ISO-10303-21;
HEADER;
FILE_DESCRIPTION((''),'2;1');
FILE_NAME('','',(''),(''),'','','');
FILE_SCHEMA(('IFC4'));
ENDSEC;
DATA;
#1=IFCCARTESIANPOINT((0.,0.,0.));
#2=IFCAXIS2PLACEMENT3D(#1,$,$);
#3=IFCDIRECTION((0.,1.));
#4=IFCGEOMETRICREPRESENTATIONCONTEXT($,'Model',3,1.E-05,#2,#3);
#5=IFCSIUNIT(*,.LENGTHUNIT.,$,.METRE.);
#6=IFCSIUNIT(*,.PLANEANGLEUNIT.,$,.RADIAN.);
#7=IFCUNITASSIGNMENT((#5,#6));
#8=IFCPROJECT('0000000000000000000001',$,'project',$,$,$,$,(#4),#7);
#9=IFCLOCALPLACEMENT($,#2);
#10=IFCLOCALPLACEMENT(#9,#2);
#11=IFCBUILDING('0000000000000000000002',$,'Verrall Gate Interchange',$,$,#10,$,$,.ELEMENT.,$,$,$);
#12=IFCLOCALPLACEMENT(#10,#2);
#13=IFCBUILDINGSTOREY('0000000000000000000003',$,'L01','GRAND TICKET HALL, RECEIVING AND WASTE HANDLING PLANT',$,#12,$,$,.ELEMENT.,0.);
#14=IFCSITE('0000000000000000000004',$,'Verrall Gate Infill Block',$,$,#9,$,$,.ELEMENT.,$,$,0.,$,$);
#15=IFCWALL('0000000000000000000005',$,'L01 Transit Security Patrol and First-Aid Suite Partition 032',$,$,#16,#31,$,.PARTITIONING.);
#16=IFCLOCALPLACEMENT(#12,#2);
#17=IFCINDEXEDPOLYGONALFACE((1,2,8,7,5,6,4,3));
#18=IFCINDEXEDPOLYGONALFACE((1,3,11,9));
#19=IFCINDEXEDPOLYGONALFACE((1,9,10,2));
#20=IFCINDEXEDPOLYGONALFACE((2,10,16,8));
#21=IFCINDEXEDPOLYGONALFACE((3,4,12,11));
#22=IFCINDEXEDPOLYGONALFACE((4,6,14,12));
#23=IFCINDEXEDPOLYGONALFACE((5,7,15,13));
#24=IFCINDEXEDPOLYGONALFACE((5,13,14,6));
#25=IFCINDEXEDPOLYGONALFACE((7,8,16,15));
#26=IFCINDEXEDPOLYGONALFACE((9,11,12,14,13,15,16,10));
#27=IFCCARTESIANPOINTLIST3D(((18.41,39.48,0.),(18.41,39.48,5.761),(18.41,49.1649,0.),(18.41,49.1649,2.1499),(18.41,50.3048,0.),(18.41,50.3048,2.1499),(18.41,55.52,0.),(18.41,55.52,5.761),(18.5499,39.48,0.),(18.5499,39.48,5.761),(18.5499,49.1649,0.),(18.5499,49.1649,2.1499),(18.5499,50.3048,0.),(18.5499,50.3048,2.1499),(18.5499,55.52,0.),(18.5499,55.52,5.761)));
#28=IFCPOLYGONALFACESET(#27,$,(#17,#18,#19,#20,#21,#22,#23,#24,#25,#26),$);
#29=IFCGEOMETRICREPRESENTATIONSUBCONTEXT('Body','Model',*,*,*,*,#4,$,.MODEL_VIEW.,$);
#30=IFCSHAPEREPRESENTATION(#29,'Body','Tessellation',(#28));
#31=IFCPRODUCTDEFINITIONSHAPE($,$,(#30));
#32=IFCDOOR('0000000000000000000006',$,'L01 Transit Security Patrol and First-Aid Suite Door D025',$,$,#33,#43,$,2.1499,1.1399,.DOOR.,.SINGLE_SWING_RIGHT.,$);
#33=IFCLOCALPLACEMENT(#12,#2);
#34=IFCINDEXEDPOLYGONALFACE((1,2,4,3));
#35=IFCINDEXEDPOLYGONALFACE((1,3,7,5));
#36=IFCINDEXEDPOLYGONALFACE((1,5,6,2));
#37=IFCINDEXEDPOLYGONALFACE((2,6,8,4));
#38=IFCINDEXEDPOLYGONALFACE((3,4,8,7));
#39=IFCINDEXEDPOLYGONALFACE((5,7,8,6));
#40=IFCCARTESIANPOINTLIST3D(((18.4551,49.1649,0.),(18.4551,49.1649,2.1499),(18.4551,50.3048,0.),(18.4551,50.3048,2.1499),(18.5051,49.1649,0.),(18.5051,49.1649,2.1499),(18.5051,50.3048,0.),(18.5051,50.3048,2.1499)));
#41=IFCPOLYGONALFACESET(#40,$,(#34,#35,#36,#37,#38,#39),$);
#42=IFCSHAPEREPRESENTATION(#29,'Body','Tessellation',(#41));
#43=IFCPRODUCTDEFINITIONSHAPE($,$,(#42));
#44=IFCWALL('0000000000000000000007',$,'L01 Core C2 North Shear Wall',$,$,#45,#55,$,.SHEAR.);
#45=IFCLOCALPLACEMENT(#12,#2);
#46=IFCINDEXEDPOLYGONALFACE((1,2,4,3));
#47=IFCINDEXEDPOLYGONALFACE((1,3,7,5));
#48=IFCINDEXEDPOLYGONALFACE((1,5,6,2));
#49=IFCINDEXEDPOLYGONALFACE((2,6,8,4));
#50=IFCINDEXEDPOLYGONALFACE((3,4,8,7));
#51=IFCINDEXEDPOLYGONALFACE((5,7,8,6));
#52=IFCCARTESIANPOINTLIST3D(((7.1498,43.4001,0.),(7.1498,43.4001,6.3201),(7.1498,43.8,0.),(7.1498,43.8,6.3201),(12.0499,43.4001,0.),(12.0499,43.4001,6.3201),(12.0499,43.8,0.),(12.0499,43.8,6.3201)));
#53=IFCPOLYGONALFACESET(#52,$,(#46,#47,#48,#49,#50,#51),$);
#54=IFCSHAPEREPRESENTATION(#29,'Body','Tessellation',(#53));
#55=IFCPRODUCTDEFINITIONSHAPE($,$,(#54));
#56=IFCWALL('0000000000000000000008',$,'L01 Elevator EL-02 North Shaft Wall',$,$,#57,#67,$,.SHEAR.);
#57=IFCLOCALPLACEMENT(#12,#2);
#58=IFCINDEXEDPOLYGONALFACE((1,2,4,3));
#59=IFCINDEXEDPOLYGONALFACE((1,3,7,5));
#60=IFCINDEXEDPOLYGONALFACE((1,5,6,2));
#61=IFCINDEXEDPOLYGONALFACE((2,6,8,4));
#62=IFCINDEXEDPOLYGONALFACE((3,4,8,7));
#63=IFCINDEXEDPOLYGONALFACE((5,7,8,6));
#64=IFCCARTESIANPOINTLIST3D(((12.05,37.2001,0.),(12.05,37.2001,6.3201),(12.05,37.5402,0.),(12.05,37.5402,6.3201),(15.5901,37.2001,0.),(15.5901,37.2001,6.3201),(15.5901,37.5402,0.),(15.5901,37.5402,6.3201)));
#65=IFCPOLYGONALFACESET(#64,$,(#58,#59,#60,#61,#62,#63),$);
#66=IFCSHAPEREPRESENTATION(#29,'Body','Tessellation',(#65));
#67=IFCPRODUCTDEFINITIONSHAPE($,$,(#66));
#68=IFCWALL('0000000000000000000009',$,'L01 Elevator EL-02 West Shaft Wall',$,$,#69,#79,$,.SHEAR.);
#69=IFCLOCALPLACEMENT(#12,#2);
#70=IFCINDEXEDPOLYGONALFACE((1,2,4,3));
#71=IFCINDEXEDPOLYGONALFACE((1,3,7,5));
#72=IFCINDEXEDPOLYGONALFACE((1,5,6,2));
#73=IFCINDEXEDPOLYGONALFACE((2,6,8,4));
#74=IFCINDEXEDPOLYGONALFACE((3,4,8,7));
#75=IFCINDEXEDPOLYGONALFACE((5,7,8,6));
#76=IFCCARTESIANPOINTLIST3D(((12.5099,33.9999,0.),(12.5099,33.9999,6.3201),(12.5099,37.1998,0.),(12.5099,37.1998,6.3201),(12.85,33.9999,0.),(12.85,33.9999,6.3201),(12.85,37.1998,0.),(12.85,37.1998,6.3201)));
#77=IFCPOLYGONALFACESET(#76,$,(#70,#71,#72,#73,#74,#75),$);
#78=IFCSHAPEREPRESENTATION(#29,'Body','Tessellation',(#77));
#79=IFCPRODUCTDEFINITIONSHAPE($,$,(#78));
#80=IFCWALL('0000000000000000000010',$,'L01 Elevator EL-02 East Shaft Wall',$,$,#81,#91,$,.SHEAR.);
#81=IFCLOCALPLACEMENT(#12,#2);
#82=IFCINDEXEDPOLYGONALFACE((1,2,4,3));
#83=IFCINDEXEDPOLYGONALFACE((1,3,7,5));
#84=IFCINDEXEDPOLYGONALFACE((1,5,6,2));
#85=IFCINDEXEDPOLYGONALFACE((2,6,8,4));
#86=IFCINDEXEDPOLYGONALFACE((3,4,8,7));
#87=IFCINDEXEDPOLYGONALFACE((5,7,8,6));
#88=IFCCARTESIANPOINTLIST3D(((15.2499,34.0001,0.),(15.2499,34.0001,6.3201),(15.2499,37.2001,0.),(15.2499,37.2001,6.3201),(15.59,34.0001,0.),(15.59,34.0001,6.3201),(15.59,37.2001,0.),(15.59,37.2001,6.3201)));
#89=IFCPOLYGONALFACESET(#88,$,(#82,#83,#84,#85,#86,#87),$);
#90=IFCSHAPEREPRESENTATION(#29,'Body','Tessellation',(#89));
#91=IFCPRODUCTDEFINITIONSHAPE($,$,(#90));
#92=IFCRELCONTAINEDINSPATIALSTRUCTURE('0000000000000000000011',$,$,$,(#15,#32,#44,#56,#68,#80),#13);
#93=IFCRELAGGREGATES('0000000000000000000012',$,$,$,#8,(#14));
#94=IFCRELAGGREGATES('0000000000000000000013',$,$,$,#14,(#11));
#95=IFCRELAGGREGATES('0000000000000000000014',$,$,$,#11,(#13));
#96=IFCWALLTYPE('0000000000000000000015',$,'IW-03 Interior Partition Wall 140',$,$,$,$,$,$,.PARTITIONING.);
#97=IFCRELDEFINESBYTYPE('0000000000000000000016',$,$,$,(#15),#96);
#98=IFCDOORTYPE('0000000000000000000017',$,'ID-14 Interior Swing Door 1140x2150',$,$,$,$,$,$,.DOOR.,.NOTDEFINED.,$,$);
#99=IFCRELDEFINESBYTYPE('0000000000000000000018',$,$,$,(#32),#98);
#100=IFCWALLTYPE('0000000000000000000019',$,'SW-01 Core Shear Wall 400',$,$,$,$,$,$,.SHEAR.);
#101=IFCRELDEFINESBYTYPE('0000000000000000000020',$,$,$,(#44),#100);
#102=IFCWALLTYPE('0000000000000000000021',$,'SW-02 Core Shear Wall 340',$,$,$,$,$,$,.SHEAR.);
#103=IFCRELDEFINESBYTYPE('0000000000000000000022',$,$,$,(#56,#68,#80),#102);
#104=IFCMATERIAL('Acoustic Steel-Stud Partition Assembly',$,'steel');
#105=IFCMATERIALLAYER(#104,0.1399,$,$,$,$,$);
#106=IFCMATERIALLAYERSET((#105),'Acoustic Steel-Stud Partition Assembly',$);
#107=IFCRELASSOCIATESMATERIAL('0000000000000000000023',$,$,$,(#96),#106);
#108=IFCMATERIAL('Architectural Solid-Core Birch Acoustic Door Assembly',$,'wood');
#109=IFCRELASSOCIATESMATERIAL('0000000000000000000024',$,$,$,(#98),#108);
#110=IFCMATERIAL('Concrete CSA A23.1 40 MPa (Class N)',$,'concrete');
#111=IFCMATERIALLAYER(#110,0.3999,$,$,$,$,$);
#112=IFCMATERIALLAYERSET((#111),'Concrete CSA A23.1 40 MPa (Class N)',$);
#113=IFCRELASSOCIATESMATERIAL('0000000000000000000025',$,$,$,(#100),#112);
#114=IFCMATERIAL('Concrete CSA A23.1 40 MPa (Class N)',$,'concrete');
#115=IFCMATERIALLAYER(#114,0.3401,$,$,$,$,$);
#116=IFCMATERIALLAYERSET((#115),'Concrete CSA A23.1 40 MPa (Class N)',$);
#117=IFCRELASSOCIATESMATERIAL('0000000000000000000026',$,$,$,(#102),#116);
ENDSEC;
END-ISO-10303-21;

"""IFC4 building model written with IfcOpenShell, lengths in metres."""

from ifc_helpers import new_model, si_unit, direction, frame, frame_2d, origin, place, context, subcontext, project, spatial, rectangle, extrude, material, layer, layer_set, type_object, element, fill, save


model = new_model("IFC4")

# Units and contexts
model_context = context("Model", 3, precision=1e-05, world=origin(), true_north=direction((0.0, 1.0)))
body_context = subcontext(model_context, "Body", "Model", "MODEL_VIEW")
ifc_project = project(units=[si_unit("LENGTHUNIT", "METRE"), si_unit("PLANEANGLEUNIT", "RADIAN")], contexts=[model_context])

# Site, building, storey
site_placement = place(None, origin())
site = spatial("IfcSite", under=ifc_project, at=site_placement, Name="Verrall Gate Infill Block", CompositionType="ELEMENT", RefElevation=0.0)
building_placement = place(site_placement, origin())
building = spatial("IfcBuilding", under=site, at=building_placement, Name="Verrall Gate Interchange", CompositionType="ELEMENT")
storey_placement = place(building_placement, origin())
storey = spatial("IfcBuildingStorey", under=building, at=storey_placement, Name="L01", Description="GRAND TICKET HALL, RECEIVING AND WASTE HANDLING PLANT", CompositionType="ELEMENT", Elevation=0.0)

# Wall, opening, door
ifc_material_1 = material(Name="Acoustic Steel-Stud Partition Assembly", Category="steel")
ifc_layer_1 = layer(ifc_material_1, 0.1399)
ifc_layer_set_1 = layer_set([ifc_layer_1], Name="Acoustic Steel-Stud Partition Assembly")
wall_type_1 = type_object("IfcWallType", Name="IW-03 Interior Partition Wall 140", PredefinedType="PARTITIONING", material=ifc_layer_set_1)
wall_1_placement = place(storey_placement, frame((18.48, 39.48, 0.0), z_axis=(0.0, 0.0, 1.0), x_axis=(0.0, 1.0, 0.0)))
wall_1 = element("IfcWall", 1, at=wall_1_placement, inside=storey, type_object=wall_type_1, Name="L01 Transit Security Patrol and First-Aid Suite Partition 032", PredefinedType="PARTITIONING", context=body_context, shape_type="SweptSolid", body=[
    extrude(rectangle(XDim=16.04, YDim=0.1399, at=frame_2d((8.02, 0.0))), origin(), (0.0, 0.0, 1.0), 5.761),
])
opening_1_placement = place(wall_1_placement, frame((9.6851, 0.0, 0.0)))
opening_1 = element("IfcOpeningElement", 2, at=opening_1_placement, cuts=wall_1, PredefinedType="OPENING", context=body_context, shape_type="SweptSolid", body=[
    extrude(rectangle(XDim=1.1399, YDim=2.1499, at=frame_2d((0.5698, 1.075))), frame((0.0, 0.085, 0.0), z_axis=(0.0, -1.0, 0.0), x_axis=(1.0, 0.0, 0.0)), (0.0, 0.0, 1.0), 0.1697),
])
ifc_material_2 = material(Name="Architectural Solid-Core Birch Acoustic Door Assembly", Category="wood")
door_type_1 = type_object("IfcDoorType", Name="ID-14 Interior Swing Door 1140x2150", OperationType="NOTDEFINED", PredefinedType="DOOR", material=ifc_material_2)
door_1_placement = place(opening_1_placement, origin())
door_1 = element("IfcDoor", 3, at=door_1_placement, inside=storey, type_object=door_type_1, Name="L01 Transit Security Patrol and First-Aid Suite Door D025", OperationType="SINGLE_SWING_RIGHT", OverallHeight=2.1499, OverallWidth=1.1399, PredefinedType="DOOR", context=body_context, shape_type="SweptSolid", body=[
    extrude(rectangle(XDim=1.1399, YDim=2.1499, at=frame_2d((0.5698, 1.075))), frame((0.0, 0.0249, 0.0), z_axis=(0.0, -1.0, 0.0), x_axis=(1.0, 0.0, 0.0)), (0.0, 0.0, 1.0), 0.05),
])
fill(opening_1, door_1)

# Walls
ifc_material_3 = material(Name="Concrete CSA A23.1 40 MPa (Class N)", Category="concrete")
ifc_layer_2 = layer(ifc_material_3, 0.3999)
ifc_layer_set_2 = layer_set([ifc_layer_2], Name="Concrete CSA A23.1 40 MPa (Class N)")
wall_type_2 = type_object("IfcWallType", Name="SW-01 Core Shear Wall 400", PredefinedType="SHEAR", material=ifc_layer_set_2)
wall_2_placement = place(storey_placement, frame((12.05, 43.6001, 0.0), z_axis=(0.0, 0.0, 1.0), x_axis=(-1.0, 0.0, 0.0)))
element("IfcWall", 4, at=wall_2_placement, inside=storey, type_object=wall_type_2, Name="L01 Core C2 North Shear Wall", PredefinedType="SHEAR", context=body_context, shape_type="SweptSolid", body=[
    extrude(rectangle(XDim=4.9001, YDim=0.3999, at=frame_2d((2.4502, 0.0))), origin(), (0.0, 0.0, 1.0), 6.3201),
])
ifc_material_4 = material(Name="Concrete CSA A23.1 40 MPa (Class N)", Category="concrete")
ifc_layer_3 = layer(ifc_material_4, 0.3401)
ifc_layer_set_3 = layer_set([ifc_layer_3], Name="Concrete CSA A23.1 40 MPa (Class N)")
wall_type_3 = type_object("IfcWallType", Name="SW-02 Core Shear Wall 340", PredefinedType="SHEAR", material=ifc_layer_set_3)
wall_3_placement = place(storey_placement, frame((15.5901, 37.3701, 0.0), z_axis=(0.0, 0.0, 1.0), x_axis=(-1.0, 0.0, 0.0)))
element("IfcWall", 5, at=wall_3_placement, inside=storey, type_object=wall_type_3, Name="L01 Elevator EL-02 North Shaft Wall", PredefinedType="SHEAR", context=body_context, shape_type="SweptSolid", body=[
    extrude(rectangle(XDim=3.54, YDim=0.3401, at=frame_2d((1.77, 0.0))), origin(), (0.0, 0.0, 1.0), 6.3201),
])
for number, where, z_axis, x_axis, name in (
    (6, (12.6799, 37.2, 0.0), (0.0, 0.0, 1.0), (0.0, -1.0, 0.0), "L01 Elevator EL-02 West Shaft Wall"),
    (7, (15.4199, 34.0, 0.0), (0.0, 0.0, 1.0), (0.0, 1.0, 0.0), "L01 Elevator EL-02 East Shaft Wall"),
):
    element("IfcWall", number, at=place(storey_placement, frame(where, z_axis=z_axis, x_axis=x_axis)), inside=storey, type_object=wall_type_3, Name=name, PredefinedType="SHEAR", context=body_context, shape_type="SweptSolid", body=[
        extrude(rectangle(XDim=3.2, YDim=0.3401, at=frame_2d((1.6001, 0.0))), origin(), (0.0, 0.0, 1.0), 6.3201),
    ])

save(model, "model.ifc")
